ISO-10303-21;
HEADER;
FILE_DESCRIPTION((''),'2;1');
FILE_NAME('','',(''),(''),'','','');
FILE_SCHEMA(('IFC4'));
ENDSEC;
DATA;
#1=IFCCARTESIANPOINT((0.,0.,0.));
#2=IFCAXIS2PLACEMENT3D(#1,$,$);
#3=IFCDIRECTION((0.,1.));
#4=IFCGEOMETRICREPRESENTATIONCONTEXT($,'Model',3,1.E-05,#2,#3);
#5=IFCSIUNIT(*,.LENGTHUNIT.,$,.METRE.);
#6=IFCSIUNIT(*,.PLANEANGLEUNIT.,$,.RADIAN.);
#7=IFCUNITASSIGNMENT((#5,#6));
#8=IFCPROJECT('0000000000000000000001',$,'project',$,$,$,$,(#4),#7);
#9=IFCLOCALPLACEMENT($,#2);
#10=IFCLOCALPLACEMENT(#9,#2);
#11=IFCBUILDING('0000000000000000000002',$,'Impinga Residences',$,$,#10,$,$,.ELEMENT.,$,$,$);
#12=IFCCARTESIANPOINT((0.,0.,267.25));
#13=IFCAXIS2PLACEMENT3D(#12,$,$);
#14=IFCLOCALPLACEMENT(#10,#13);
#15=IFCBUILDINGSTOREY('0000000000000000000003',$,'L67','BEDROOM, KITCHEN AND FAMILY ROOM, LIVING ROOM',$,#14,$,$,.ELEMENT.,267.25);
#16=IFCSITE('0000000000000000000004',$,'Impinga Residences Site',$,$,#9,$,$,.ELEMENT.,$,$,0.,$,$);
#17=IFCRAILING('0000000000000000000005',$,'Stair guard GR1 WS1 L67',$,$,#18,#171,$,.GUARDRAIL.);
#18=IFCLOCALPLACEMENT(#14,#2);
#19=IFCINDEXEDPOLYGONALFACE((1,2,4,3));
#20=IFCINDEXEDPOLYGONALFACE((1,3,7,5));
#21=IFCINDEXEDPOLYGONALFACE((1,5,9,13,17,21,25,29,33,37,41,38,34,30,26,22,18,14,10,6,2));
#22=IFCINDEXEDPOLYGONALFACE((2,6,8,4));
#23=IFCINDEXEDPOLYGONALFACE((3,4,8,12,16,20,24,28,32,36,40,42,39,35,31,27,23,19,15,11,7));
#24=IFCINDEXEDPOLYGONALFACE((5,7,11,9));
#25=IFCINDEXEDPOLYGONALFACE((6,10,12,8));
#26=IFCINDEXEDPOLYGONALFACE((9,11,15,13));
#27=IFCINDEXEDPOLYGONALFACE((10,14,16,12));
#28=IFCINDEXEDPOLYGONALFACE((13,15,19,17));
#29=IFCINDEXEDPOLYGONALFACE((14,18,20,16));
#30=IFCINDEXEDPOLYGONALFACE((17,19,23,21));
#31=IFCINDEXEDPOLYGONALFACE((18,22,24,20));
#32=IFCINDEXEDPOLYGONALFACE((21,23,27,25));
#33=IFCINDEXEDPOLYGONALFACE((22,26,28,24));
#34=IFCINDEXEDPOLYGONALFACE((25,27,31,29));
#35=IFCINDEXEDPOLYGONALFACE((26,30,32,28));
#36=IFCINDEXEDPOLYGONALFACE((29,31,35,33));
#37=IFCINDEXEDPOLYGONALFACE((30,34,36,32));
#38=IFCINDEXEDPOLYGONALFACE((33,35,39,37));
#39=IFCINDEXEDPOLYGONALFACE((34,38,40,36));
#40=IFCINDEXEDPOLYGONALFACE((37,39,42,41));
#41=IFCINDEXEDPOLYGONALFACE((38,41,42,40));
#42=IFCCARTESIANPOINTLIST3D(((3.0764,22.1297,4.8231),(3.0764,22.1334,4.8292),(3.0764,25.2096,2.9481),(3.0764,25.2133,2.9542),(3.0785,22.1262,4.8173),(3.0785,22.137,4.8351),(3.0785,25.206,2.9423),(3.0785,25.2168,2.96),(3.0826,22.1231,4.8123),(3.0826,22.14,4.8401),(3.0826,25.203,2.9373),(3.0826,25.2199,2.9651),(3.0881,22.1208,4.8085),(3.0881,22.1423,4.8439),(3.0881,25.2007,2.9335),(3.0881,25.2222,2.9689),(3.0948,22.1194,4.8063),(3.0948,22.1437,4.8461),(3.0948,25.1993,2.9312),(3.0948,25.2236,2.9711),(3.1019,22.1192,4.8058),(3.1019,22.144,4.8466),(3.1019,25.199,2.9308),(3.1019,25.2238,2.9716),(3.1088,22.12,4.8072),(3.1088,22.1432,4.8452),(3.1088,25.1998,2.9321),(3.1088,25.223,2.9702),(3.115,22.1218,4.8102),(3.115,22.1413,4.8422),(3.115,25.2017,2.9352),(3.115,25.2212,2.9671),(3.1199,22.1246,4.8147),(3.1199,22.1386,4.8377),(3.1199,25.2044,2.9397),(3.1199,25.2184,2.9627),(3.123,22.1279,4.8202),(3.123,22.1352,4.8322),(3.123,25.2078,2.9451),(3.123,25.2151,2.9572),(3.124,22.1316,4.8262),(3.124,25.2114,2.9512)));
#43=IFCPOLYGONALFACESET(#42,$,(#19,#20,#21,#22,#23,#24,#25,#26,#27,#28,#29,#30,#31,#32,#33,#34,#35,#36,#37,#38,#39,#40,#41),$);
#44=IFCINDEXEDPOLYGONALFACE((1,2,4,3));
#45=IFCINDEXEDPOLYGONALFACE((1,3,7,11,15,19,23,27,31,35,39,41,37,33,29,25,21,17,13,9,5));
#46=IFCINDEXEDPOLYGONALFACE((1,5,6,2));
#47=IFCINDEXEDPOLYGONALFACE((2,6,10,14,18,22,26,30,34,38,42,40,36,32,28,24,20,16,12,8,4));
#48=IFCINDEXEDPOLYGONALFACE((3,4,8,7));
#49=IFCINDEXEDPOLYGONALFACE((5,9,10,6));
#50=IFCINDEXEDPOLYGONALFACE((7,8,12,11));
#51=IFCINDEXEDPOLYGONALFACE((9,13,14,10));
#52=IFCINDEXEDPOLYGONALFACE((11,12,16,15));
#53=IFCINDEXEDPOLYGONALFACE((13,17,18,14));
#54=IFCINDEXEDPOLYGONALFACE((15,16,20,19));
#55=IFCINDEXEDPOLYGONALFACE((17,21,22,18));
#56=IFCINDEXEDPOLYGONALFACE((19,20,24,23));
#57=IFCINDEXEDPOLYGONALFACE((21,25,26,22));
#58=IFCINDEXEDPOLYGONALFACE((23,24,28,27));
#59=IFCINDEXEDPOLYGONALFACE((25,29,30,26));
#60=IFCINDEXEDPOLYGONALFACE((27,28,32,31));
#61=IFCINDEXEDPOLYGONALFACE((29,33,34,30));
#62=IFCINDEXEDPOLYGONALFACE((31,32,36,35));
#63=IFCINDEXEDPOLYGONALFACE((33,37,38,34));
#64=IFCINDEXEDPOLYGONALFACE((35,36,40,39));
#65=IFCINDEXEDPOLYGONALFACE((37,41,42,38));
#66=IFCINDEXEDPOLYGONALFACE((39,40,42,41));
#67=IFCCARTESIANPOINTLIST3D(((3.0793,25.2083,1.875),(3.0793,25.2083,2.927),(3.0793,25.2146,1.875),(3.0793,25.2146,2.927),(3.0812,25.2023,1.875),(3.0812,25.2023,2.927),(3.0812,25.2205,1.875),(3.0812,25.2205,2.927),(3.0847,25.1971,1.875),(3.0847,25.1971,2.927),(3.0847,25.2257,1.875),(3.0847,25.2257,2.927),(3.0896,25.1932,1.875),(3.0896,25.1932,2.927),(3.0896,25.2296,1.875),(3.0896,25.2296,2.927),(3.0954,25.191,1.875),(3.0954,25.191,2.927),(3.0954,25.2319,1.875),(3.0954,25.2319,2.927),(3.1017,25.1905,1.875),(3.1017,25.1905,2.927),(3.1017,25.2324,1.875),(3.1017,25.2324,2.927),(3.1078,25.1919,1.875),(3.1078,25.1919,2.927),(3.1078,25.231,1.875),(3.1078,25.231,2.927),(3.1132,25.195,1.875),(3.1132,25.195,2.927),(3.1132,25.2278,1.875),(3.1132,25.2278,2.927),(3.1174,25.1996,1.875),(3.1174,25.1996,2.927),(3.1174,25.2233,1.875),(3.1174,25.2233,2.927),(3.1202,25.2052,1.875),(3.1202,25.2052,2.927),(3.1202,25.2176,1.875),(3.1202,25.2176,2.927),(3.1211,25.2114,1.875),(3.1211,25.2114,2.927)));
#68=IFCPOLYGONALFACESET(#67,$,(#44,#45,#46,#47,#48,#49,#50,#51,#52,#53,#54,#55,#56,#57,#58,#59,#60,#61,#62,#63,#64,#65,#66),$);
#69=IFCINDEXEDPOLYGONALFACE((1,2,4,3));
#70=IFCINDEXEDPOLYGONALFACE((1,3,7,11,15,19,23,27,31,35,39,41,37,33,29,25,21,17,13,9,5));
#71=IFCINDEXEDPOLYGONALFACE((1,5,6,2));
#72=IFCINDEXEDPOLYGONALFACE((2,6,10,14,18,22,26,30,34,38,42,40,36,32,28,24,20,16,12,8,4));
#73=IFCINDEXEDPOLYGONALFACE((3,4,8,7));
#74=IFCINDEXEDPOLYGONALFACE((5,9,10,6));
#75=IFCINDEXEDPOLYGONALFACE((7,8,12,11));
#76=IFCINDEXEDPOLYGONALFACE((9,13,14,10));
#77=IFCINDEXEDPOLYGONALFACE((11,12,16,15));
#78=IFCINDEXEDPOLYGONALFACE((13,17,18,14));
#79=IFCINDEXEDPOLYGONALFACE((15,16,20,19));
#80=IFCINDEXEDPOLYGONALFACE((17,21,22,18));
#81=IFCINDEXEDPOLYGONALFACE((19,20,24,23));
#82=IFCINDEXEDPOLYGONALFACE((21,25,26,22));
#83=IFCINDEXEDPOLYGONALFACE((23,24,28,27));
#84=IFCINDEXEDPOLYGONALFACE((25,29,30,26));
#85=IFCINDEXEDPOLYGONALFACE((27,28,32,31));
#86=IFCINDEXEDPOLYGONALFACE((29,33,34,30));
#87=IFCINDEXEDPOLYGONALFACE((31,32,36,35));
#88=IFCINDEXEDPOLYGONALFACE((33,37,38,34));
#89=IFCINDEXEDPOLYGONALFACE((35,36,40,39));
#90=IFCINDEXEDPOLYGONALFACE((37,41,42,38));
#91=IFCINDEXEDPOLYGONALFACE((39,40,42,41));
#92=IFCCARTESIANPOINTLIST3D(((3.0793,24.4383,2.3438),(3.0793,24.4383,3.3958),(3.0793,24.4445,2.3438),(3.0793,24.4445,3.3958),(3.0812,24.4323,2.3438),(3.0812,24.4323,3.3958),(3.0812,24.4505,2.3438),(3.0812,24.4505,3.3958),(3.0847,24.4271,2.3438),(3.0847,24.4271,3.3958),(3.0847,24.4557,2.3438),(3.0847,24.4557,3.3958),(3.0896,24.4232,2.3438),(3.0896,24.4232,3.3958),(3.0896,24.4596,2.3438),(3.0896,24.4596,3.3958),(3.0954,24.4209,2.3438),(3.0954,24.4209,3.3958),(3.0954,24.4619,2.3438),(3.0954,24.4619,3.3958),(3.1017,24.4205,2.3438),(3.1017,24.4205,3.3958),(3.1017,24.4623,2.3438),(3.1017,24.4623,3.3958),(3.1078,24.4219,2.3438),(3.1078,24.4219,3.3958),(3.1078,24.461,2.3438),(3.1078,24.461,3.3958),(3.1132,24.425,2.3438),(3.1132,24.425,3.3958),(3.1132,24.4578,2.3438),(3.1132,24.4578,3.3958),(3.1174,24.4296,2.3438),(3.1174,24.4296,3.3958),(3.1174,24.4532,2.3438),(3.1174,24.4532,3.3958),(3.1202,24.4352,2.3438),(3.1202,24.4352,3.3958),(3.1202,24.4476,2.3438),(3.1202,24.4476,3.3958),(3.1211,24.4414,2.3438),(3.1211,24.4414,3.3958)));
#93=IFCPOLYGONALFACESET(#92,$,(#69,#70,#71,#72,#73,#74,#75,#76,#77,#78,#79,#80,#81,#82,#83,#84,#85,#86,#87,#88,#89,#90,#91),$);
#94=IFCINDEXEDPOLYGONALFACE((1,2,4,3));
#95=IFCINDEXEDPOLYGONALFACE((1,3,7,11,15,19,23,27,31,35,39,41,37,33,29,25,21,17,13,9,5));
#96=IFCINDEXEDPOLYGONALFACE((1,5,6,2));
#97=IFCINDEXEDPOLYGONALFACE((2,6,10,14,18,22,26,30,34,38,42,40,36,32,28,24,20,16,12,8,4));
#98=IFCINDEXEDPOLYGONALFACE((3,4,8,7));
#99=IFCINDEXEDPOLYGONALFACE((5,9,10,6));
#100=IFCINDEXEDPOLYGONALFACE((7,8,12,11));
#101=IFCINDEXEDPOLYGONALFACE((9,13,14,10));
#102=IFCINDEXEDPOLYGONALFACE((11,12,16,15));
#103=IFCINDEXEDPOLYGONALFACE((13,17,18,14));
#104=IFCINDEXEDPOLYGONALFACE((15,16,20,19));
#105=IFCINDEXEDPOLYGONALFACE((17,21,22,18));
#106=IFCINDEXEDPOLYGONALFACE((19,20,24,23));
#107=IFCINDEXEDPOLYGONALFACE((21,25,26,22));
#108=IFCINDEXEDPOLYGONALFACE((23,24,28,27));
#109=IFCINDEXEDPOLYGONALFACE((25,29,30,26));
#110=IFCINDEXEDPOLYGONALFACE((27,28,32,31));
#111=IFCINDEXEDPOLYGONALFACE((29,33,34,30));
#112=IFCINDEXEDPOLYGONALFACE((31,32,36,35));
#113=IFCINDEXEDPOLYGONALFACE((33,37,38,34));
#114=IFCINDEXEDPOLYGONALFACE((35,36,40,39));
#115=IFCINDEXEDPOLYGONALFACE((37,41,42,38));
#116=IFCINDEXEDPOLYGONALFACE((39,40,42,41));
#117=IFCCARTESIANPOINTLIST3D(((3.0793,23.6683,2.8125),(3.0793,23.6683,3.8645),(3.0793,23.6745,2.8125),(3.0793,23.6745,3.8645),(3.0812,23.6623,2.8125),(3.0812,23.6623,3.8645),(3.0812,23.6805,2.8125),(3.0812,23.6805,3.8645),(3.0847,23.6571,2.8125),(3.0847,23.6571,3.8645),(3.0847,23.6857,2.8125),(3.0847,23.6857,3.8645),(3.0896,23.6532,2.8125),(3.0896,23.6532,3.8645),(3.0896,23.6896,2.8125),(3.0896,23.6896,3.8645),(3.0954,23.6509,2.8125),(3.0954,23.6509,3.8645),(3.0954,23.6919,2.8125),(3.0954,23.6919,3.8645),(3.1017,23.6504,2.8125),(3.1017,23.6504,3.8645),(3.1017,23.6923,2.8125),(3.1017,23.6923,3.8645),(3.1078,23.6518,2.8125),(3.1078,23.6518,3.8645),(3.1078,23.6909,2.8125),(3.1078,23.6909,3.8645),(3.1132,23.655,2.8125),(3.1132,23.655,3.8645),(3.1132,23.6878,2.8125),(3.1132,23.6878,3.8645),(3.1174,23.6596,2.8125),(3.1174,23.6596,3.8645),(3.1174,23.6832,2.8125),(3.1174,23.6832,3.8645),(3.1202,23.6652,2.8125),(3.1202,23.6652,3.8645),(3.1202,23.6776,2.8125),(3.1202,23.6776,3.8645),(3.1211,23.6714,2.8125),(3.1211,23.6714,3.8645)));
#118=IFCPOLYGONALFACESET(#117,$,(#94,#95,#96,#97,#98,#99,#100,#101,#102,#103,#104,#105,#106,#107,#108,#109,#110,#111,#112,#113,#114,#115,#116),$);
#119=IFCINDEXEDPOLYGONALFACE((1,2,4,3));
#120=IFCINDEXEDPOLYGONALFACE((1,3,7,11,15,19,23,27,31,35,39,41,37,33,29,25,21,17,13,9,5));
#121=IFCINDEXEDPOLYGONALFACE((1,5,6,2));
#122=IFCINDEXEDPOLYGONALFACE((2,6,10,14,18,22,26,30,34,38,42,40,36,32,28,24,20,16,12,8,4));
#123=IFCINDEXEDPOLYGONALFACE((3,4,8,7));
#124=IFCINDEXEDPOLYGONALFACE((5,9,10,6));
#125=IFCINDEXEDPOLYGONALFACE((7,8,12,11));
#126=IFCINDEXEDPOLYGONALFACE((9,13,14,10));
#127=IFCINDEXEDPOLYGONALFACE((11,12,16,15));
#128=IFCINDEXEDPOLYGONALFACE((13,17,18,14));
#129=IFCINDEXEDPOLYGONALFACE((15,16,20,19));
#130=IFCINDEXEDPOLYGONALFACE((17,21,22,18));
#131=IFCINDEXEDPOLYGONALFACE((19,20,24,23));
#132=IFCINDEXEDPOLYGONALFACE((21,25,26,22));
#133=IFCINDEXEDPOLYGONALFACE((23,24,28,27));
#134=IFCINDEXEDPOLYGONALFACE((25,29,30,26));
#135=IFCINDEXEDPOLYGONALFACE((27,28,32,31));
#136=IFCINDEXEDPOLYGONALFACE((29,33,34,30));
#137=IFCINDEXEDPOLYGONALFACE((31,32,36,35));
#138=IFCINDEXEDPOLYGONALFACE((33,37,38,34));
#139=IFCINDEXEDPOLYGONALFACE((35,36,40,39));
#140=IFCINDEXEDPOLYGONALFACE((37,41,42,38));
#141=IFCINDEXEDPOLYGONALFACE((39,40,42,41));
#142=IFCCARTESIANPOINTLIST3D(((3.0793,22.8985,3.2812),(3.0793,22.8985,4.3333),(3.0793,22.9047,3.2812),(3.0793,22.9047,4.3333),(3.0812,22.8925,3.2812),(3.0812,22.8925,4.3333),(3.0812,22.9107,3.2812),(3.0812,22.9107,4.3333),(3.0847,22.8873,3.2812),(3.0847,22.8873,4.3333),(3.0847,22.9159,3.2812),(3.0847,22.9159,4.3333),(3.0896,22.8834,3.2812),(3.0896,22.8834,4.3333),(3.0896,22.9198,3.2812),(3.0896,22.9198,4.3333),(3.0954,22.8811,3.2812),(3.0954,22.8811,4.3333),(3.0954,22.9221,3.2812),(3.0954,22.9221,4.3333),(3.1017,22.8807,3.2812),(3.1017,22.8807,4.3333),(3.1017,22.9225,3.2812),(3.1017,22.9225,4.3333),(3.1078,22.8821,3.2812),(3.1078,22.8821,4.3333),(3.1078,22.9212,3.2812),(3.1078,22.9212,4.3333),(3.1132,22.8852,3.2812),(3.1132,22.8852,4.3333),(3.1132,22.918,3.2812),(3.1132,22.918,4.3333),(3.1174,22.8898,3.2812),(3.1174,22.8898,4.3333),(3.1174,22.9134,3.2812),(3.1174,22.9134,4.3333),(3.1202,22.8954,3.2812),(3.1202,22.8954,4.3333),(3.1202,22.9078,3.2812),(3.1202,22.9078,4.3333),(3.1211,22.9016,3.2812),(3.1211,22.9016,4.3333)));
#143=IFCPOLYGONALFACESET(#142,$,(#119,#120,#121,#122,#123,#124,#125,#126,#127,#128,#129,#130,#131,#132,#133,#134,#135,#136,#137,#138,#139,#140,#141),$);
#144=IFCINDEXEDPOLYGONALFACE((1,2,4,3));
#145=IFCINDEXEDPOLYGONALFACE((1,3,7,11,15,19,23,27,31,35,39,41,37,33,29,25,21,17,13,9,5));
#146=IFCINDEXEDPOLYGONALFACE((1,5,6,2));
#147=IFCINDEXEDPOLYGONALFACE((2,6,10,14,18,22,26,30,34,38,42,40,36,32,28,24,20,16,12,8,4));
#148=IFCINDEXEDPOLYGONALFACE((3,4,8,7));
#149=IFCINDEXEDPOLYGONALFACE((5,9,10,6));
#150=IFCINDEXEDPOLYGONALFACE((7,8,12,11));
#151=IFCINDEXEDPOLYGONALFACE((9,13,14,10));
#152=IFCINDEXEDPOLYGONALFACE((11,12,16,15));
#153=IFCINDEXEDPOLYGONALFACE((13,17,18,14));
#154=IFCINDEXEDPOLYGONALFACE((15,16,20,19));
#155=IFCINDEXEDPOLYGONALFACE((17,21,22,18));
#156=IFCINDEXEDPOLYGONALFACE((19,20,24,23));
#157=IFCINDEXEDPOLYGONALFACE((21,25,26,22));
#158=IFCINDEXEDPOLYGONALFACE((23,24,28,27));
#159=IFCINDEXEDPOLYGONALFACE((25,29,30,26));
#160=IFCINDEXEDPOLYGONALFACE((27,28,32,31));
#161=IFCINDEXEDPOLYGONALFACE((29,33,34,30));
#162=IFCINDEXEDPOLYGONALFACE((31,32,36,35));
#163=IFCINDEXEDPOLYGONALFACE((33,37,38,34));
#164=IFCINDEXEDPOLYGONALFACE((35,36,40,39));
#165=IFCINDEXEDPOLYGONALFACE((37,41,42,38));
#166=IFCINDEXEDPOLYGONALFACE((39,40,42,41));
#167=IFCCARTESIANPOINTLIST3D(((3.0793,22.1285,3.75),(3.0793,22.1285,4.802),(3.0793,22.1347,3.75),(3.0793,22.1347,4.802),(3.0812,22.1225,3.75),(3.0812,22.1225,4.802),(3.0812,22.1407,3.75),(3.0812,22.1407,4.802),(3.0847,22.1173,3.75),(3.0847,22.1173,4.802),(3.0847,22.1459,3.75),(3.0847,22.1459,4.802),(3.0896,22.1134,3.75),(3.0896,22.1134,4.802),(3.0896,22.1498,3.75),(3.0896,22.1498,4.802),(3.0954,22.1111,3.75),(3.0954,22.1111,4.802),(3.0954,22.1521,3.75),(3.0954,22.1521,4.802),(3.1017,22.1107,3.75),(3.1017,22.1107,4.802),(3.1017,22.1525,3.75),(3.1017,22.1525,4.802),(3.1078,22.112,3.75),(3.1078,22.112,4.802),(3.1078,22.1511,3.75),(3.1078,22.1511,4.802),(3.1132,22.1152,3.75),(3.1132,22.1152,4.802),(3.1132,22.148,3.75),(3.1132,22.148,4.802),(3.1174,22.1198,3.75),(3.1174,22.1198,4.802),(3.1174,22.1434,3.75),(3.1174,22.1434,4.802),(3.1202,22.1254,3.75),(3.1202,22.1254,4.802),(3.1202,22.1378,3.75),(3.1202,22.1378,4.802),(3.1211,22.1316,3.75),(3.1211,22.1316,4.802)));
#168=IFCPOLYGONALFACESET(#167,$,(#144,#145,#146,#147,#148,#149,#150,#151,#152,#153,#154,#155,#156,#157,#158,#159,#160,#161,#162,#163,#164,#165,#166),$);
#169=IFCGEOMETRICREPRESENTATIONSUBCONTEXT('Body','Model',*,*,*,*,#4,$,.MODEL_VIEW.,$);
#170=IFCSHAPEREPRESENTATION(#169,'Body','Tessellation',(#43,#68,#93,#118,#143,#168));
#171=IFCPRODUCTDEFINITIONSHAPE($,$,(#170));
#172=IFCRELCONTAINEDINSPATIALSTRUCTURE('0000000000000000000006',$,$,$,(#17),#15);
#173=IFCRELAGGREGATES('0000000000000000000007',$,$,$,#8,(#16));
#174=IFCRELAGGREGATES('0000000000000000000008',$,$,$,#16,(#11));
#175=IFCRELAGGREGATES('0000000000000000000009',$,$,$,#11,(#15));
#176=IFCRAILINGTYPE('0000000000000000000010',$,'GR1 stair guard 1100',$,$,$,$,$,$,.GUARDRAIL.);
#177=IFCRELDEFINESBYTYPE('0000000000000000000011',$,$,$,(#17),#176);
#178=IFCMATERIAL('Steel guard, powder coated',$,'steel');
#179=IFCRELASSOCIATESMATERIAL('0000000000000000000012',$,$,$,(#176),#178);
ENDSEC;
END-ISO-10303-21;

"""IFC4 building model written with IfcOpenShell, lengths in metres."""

from ifc_helpers import new_model, si_unit, direction, frame, origin, origin_2d, place, context, subcontext, project, spatial, circle, extrude, material, type_object, element, save


model = new_model("IFC4")

# Units and contexts
model_context = context("Model", 3, precision=1e-05, world=origin(), true_north=direction((0.0, 1.0)))
body_context = subcontext(model_context, "Body", "Model", "MODEL_VIEW")
ifc_project = project(units=[si_unit("LENGTHUNIT", "METRE"), si_unit("PLANEANGLEUNIT", "RADIAN")], contexts=[model_context])

# Site, building, storey
site_placement = place(None, origin())
site = spatial("IfcSite", under=ifc_project, at=site_placement, Name="Impinga Residences Site", CompositionType="ELEMENT", RefElevation=0.0)
building_placement = place(site_placement, origin())
building = spatial("IfcBuilding", under=site, at=building_placement, Name="Impinga Residences", CompositionType="ELEMENT")
storey_placement = place(building_placement, frame((0.0, 0.0, 267.25)))
storey = spatial("IfcBuildingStorey", under=building, at=storey_placement, Name="L67", Description="BEDROOM, KITCHEN AND FAMILY ROOM, LIVING ROOM", CompositionType="ELEMENT", Elevation=267.25)

# Railing
ifc_material_1 = material(Name="Steel guard, powder coated", Category="steel")
railing_type_1 = type_object("IfcRailingType", Name="GR1 stair guard 1100", PredefinedType="GUARDRAIL", material=ifc_material_1)
railing_1_placement = place(storey_placement, frame((3.1001, 25.2114, 1.875)))
element("IfcRailing", 1, at=railing_1_placement, inside=storey, type_object=railing_type_1, Name="Stair guard GR1 WS1 L67", PredefinedType="GUARDRAIL", context=body_context, shape_type="SweptSolid", body=[
    extrude(circle(Radius=0.0239, at=origin_2d()), frame((0.0, 0.0, 1.0762), z_axis=(0.0, -0.854159, 0.520011), x_axis=(1.0, 0.0, 0.0)), (0.0, 0.0, 1.0), 3.6057),
    extrude(circle(Radius=0.021, at=origin_2d()), origin(), (0.0, 0.0, 1.0), 1.052),
    extrude(circle(Radius=0.021, at=origin_2d()), frame((0.0, -0.77, 0.4688)), (0.0, 0.0, 1.0), 1.052),
    extrude(circle(Radius=0.021, at=origin_2d()), frame((0.0, -1.54, 0.9375)), (0.0, 0.0, 1.0), 1.052),
    extrude(circle(Radius=0.021, at=origin_2d()), frame((0.0, -2.3098, 1.4062)), (0.0, 0.0, 1.0), 1.052),
    extrude(circle(Radius=0.021, at=origin_2d()), frame((0.0, -3.0798, 1.875)), (0.0, 0.0, 1.0), 1.052),
])

save(model, "model.ifc")
